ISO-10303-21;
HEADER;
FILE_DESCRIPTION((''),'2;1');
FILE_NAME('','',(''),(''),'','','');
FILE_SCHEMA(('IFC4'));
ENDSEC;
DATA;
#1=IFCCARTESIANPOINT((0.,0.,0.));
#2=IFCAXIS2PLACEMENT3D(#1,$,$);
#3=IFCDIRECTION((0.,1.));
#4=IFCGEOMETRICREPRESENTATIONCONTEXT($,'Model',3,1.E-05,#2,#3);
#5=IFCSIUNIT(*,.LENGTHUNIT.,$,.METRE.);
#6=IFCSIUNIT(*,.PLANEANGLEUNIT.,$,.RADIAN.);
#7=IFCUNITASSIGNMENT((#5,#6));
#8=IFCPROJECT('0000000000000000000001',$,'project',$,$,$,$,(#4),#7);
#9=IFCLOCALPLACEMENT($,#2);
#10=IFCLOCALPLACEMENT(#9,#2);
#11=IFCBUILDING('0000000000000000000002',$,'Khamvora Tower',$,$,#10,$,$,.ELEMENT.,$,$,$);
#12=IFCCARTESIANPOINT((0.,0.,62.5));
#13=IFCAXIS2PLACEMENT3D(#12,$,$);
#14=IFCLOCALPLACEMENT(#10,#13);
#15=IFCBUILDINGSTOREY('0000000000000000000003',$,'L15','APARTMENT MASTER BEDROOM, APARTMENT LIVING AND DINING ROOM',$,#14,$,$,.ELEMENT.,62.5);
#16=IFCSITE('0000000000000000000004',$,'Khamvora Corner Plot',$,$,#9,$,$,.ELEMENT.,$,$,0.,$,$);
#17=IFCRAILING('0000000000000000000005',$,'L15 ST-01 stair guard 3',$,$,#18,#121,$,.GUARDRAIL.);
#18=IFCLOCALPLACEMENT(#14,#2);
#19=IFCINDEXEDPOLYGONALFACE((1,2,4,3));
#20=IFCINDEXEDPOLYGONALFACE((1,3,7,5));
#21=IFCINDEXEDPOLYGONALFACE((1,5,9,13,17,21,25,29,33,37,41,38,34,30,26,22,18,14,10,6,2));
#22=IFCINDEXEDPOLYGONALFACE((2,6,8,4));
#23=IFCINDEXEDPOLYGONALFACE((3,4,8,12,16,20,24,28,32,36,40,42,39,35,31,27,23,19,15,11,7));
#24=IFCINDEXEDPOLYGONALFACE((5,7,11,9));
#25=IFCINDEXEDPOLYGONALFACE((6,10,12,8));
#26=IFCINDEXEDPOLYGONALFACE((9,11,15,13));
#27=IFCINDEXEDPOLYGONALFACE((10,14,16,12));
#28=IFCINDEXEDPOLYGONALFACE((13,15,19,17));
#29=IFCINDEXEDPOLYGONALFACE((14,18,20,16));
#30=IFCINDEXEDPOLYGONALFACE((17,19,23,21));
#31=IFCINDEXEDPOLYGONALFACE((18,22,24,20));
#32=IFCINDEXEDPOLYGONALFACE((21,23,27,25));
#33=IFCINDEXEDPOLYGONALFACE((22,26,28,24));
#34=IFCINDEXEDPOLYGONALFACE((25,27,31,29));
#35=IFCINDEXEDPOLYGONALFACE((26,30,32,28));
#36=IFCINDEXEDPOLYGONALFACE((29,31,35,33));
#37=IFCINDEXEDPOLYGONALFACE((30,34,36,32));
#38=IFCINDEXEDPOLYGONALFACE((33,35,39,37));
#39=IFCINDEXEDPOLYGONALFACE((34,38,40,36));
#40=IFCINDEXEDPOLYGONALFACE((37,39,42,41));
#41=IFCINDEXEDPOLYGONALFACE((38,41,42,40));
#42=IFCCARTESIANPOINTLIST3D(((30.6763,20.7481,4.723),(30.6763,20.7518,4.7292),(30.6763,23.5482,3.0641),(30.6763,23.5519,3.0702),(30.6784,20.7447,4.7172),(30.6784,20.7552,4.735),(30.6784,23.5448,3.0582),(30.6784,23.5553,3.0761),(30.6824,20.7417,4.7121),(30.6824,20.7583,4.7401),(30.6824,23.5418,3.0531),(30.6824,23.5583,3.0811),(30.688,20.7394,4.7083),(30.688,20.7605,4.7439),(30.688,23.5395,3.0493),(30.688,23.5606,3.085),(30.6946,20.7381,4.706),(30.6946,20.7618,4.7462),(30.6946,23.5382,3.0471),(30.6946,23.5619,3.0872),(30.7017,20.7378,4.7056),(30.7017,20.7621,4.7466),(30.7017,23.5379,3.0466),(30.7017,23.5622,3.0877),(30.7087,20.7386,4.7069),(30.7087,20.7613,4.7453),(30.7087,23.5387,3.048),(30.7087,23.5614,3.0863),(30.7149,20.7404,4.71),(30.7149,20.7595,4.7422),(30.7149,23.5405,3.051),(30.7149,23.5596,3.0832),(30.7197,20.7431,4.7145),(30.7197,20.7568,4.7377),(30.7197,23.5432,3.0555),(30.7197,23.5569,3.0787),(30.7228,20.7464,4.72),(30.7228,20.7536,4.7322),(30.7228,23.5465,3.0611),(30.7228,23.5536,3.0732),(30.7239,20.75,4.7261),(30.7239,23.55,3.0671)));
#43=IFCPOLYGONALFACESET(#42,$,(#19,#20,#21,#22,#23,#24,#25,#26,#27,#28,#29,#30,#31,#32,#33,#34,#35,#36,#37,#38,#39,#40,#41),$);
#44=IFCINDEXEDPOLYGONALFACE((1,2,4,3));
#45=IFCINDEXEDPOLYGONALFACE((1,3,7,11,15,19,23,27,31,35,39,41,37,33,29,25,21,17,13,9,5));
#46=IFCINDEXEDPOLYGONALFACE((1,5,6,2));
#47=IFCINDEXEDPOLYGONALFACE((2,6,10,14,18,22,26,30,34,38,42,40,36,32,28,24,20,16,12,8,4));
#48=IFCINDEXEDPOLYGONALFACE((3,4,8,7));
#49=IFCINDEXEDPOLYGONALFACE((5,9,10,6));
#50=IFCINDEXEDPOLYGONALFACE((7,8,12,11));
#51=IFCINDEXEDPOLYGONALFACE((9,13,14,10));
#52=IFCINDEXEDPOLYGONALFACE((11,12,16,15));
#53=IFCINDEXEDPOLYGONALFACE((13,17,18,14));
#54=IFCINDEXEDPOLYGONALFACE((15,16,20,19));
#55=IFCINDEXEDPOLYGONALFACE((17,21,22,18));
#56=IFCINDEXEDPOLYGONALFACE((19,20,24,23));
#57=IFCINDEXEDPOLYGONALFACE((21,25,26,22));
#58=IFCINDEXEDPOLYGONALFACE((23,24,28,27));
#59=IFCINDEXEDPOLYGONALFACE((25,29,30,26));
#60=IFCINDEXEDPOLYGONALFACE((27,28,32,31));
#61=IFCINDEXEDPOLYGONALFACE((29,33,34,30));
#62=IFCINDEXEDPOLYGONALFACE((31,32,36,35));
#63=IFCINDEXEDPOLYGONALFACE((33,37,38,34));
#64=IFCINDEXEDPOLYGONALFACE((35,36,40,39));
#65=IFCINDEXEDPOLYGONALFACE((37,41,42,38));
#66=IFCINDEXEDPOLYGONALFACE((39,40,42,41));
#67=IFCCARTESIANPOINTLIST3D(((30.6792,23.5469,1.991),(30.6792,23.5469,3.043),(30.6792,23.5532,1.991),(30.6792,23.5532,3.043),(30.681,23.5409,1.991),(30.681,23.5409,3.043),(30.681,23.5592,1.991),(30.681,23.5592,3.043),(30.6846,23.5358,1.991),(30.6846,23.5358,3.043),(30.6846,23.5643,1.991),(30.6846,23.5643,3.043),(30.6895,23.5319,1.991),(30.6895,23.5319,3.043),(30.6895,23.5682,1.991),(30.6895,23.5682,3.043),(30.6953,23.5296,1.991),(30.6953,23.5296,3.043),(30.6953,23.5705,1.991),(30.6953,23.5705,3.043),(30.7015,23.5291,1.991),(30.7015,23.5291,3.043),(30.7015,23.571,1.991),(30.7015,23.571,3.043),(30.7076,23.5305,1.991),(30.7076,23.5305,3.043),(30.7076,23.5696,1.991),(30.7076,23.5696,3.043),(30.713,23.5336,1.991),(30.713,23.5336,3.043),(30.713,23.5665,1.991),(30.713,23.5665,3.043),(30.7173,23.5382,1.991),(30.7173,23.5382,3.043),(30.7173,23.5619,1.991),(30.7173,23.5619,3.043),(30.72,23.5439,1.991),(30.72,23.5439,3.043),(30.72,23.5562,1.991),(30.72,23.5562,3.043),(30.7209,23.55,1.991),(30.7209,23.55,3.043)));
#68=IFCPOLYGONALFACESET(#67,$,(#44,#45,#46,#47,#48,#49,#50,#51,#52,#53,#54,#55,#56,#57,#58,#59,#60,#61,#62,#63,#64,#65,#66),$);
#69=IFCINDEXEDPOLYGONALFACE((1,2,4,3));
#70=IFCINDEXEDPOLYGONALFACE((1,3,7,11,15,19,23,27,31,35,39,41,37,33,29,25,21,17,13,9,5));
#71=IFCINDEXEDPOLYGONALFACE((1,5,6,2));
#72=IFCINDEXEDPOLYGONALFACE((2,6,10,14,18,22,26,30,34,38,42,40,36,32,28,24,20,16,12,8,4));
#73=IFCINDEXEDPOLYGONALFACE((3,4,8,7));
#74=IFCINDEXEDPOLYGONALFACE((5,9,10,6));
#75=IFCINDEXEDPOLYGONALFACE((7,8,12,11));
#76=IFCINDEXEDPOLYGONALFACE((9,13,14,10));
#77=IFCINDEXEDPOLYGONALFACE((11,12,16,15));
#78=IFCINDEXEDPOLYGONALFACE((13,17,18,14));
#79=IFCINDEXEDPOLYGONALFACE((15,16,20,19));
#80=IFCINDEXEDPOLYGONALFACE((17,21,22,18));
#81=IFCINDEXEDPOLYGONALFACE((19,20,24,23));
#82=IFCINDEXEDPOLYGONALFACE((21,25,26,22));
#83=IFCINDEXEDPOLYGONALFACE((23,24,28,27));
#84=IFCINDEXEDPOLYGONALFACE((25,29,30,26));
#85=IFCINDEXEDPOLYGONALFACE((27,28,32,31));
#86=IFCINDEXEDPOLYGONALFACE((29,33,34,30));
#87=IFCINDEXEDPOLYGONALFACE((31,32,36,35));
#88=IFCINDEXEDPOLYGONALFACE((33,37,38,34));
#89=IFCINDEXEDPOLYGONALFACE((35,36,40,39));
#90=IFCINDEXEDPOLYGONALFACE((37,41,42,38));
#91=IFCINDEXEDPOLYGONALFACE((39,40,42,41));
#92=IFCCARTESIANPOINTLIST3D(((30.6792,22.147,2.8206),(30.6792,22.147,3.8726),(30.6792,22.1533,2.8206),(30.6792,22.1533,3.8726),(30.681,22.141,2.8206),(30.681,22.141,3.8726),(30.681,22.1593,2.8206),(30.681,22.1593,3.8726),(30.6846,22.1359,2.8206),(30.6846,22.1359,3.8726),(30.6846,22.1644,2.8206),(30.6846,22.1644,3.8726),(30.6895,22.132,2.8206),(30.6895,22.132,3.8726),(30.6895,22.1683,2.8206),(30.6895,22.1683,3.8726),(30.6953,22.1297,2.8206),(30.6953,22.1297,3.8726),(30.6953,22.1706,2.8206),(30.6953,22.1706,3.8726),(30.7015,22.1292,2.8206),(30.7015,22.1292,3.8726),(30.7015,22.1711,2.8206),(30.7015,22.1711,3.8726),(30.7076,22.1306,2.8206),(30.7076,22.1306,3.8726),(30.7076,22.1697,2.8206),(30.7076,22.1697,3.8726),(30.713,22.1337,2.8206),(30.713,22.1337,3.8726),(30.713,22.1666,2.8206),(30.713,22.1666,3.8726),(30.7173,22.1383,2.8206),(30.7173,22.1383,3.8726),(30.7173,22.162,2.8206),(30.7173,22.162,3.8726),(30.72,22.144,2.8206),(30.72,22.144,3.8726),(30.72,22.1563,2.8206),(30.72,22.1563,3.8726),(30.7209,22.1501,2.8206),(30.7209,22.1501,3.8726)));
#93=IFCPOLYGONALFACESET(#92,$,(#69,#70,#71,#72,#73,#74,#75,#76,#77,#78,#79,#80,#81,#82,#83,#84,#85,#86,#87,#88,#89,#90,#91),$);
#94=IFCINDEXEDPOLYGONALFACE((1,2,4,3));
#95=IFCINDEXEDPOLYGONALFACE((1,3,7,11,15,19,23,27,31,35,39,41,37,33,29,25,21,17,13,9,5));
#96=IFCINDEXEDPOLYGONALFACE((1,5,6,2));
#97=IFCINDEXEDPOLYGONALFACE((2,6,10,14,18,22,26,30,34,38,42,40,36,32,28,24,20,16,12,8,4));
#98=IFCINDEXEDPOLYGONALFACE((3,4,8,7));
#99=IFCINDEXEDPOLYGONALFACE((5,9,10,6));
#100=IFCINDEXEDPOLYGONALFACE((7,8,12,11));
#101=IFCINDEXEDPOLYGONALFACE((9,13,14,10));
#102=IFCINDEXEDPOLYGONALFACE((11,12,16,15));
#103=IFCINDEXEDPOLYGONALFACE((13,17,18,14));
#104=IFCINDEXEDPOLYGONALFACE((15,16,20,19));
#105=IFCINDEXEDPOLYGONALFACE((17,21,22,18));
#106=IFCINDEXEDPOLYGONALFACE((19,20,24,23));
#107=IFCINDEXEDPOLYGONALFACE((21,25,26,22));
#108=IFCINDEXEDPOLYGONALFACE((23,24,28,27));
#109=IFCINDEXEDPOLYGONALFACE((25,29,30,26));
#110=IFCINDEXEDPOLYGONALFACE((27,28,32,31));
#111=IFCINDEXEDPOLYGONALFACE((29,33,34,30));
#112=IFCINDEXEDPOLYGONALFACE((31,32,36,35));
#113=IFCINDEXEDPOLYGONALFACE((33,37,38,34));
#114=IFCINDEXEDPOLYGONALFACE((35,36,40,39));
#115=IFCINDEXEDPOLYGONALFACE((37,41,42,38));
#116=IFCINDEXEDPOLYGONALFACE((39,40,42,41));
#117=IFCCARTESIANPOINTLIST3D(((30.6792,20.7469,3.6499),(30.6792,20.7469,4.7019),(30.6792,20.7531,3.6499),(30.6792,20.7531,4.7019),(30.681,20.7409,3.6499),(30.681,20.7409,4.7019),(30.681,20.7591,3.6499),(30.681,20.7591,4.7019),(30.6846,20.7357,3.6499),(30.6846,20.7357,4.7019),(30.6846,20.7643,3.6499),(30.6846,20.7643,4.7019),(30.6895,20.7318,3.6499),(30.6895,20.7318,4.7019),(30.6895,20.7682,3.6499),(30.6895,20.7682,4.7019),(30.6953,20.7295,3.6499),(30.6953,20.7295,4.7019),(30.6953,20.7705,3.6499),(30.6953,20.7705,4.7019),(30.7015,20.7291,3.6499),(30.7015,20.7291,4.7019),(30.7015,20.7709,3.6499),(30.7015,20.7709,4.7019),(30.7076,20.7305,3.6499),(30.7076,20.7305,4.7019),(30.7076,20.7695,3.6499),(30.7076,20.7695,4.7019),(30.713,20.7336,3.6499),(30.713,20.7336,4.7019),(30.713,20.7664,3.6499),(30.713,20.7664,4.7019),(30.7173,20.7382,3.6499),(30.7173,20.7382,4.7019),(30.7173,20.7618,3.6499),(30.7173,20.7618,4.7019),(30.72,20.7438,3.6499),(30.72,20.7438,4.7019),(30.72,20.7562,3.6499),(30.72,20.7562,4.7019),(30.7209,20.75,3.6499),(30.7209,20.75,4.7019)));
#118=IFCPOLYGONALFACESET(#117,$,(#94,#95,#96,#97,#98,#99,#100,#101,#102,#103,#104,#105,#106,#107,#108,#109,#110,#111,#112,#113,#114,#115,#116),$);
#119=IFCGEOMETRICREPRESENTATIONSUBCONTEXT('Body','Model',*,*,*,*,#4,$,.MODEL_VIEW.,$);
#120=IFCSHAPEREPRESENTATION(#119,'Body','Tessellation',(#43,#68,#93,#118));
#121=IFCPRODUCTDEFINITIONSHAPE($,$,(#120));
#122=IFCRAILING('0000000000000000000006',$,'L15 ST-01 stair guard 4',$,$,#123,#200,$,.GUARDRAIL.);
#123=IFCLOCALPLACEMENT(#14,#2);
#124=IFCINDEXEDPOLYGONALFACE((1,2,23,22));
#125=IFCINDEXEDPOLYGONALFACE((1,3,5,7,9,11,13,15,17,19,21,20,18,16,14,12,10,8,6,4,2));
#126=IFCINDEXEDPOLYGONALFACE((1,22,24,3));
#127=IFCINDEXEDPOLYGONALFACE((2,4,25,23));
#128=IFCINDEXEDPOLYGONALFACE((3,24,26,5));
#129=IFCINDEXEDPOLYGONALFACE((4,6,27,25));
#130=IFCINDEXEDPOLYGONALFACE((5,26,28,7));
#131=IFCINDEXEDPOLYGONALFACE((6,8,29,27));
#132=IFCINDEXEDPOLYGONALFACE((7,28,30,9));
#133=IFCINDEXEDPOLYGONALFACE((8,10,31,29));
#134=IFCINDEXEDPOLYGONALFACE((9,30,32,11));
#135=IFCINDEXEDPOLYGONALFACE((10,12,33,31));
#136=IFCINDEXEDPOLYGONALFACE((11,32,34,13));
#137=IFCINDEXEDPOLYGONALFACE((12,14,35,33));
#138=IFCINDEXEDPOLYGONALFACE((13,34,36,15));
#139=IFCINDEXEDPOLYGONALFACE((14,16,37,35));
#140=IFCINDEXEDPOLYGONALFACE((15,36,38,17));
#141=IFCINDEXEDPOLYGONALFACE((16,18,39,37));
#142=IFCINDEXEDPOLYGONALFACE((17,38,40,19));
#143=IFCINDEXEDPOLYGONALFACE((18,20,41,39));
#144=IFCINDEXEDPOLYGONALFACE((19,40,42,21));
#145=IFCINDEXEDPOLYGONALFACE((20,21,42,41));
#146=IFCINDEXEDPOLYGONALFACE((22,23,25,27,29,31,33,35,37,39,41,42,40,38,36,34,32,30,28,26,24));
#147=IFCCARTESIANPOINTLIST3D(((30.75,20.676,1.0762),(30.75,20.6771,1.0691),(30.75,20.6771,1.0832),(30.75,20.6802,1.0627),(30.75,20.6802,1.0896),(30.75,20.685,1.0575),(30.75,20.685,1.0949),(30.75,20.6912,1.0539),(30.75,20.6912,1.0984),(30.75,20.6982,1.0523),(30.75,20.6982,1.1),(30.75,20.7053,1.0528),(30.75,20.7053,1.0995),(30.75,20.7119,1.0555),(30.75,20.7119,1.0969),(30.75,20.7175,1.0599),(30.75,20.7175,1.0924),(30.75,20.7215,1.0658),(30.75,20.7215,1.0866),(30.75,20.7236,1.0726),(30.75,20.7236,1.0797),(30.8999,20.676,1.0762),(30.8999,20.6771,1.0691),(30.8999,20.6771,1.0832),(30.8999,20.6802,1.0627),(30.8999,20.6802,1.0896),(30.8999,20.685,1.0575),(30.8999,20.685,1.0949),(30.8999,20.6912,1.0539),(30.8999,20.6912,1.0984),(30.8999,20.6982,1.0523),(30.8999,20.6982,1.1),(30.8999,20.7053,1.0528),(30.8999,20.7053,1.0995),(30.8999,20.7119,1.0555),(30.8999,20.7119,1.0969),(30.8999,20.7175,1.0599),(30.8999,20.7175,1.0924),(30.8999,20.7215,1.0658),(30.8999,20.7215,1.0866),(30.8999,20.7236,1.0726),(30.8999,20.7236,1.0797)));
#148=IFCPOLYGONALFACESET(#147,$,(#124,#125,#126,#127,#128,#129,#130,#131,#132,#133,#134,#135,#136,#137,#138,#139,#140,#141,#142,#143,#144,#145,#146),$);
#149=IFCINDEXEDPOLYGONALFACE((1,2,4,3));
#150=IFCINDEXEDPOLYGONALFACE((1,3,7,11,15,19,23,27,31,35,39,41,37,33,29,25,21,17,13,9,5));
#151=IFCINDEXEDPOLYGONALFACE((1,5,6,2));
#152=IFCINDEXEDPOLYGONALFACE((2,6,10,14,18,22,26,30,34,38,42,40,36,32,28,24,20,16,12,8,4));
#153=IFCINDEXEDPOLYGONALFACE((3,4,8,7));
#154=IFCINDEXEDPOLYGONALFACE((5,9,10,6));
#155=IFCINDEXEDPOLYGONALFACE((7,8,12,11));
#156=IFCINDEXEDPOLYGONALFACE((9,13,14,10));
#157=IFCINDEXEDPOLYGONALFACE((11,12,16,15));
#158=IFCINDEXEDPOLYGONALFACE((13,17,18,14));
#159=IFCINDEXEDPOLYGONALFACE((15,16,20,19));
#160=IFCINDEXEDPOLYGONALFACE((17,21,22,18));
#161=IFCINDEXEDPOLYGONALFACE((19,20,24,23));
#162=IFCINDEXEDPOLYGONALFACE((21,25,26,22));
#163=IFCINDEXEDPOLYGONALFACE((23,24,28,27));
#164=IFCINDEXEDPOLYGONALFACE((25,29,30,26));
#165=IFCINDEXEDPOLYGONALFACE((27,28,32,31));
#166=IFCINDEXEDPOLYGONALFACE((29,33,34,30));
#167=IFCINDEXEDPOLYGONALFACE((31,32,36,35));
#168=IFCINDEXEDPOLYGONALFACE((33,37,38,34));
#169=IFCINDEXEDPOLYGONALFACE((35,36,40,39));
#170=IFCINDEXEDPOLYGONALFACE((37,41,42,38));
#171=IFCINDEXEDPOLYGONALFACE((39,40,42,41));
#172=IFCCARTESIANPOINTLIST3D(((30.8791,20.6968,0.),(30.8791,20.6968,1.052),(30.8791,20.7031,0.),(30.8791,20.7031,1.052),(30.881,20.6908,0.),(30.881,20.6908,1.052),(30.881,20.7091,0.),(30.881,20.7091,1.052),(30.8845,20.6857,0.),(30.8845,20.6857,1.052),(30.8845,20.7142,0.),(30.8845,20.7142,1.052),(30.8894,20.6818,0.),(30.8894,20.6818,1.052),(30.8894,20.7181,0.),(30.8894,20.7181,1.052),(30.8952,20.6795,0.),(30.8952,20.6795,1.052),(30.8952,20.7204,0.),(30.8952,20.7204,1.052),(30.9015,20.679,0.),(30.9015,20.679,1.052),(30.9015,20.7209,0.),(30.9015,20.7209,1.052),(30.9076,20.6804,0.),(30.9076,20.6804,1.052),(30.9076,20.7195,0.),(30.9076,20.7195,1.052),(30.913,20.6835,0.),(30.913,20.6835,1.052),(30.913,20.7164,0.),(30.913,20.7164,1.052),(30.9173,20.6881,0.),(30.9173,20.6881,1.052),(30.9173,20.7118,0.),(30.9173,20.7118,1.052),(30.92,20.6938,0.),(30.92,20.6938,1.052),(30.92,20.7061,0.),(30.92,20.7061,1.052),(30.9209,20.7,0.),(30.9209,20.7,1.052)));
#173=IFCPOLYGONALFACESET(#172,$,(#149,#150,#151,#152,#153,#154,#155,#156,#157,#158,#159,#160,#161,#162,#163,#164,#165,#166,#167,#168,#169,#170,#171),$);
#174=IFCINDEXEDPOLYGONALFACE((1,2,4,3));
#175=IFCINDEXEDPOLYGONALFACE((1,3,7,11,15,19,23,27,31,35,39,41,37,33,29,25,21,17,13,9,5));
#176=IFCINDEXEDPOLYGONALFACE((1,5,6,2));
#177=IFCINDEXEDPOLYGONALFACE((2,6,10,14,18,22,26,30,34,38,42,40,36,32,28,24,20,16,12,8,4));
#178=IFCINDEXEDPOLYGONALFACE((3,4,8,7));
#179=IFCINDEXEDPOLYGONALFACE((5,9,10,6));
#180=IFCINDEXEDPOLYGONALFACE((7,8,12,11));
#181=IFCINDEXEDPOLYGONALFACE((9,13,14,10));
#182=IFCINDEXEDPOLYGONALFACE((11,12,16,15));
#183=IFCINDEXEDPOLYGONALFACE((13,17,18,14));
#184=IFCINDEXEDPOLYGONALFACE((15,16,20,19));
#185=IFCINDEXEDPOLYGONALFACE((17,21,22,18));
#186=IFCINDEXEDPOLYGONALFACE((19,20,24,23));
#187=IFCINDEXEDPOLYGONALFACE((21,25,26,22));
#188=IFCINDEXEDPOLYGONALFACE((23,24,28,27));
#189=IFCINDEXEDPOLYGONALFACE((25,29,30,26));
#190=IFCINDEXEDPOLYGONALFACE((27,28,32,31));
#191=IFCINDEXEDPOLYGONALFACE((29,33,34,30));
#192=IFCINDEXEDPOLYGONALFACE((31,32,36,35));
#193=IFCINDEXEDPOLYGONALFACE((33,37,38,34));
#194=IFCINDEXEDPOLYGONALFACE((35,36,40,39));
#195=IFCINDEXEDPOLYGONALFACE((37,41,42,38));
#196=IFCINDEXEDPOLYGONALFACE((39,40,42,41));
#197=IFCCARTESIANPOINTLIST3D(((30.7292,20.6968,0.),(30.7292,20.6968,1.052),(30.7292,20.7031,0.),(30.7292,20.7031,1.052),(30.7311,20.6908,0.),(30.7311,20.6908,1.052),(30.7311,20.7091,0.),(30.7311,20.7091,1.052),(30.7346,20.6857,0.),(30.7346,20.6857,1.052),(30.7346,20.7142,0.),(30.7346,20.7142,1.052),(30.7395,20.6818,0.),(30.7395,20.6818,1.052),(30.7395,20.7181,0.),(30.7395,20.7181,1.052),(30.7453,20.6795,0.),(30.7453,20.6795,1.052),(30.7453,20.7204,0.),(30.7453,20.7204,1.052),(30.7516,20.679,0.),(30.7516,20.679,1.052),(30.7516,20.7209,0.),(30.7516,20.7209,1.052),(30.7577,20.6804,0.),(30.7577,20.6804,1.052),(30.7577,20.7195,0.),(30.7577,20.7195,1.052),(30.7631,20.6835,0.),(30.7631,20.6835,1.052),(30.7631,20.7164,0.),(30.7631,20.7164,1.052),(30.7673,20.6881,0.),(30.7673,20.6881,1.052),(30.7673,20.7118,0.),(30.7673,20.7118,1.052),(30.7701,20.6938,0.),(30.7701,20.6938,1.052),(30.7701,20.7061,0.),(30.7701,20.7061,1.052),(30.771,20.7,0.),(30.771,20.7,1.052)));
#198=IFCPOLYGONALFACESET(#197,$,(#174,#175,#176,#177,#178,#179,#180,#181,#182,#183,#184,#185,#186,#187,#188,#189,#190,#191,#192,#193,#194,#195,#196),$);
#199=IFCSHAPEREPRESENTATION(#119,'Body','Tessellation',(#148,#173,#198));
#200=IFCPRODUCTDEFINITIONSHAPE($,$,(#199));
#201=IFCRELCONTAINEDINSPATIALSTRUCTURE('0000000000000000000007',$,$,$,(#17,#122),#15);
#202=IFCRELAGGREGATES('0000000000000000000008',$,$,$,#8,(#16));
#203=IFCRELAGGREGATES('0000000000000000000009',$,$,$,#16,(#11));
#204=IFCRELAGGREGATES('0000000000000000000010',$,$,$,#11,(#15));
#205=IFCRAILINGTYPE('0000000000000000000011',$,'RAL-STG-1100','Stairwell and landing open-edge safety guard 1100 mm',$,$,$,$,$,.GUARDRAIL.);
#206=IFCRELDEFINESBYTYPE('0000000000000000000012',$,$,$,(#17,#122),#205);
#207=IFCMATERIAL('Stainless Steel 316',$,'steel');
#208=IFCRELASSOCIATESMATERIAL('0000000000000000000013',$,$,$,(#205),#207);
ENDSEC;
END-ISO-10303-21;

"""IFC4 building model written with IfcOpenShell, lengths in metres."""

from ifc_helpers import new_model, si_unit, direction, frame, origin, origin_2d, place, context, subcontext, project, spatial, circle, extrude, material, type_object, element, save


model = new_model("IFC4")

# Units and contexts
model_context = context("Model", 3, precision=1e-05, world=origin(), true_north=direction((0.0, 1.0)))
body_context = subcontext(model_context, "Body", "Model", "MODEL_VIEW")
ifc_project = project(units=[si_unit("LENGTHUNIT", "METRE"), si_unit("PLANEANGLEUNIT", "RADIAN")], contexts=[model_context])

# Site, building, storey
site_placement = place(None, origin())
site = spatial("IfcSite", under=ifc_project, at=site_placement, Name="Khamvora Corner Plot", CompositionType="ELEMENT", RefElevation=0.0)
building_placement = place(site_placement, origin())
building = spatial("IfcBuilding", under=site, at=building_placement, Name="Khamvora Tower", CompositionType="ELEMENT")
storey_placement = place(building_placement, frame((0.0, 0.0, 62.5)))
storey = spatial("IfcBuildingStorey", under=building, at=storey_placement, Name="L15", Description="APARTMENT MASTER BEDROOM, APARTMENT LIVING AND DINING ROOM", CompositionType="ELEMENT", Elevation=62.5)

# Railings
ifc_material_1 = material(Name="Stainless Steel 316", Category="steel")
railing_type_1 = type_object("IfcRailingType", Name="RAL-STG-1100", Description="Stairwell and landing open-edge safety guard 1100 mm", PredefinedType="GUARDRAIL", material=ifc_material_1)
railing_1_placement = place(storey_placement, frame((30.7, 23.55, 1.991)))
element("IfcRailing", 1, at=railing_1_placement, inside=storey, type_object=railing_type_1, Name="L15 ST-01 stair guard 3", PredefinedType="GUARDRAIL", context=body_context, shape_type="SweptSolid", body=[
    extrude(circle(Radius=0.0239, at=origin_2d()), frame((0.0, 0.0, 1.0762), z_axis=(0.0, -0.860339, 0.509722), x_axis=(1.0, 0.0, 0.0)), (0.0, 0.0, 1.0), 3.2546),
    extrude(circle(Radius=0.021, at=origin_2d()), origin(), (0.0, 0.0, 1.0), 1.052),
    extrude(circle(Radius=0.021, at=origin_2d()), frame((0.0, -1.3999, 0.8296)), (0.0, 0.0, 1.0), 1.052),
    extrude(circle(Radius=0.021, at=origin_2d()), frame((0.0, -2.8, 1.6589)), (0.0, 0.0, 1.0), 1.052),
])
railing_2_placement = place(storey_placement, frame((30.8999, 20.7, 0.0)))
element("IfcRailing", 2, at=railing_2_placement, inside=storey, type_object=railing_type_1, Name="L15 ST-01 stair guard 4", PredefinedType="GUARDRAIL", context=body_context, shape_type="SweptSolid", body=[
    extrude(circle(Radius=0.0239, at=origin_2d()), frame((0.0, 0.0, 1.0762), z_axis=(-1.0, 0.0, 0.0), x_axis=(0.0, -1.0, 0.0)), (0.0, 0.0, 1.0), 0.1499),
    extrude(circle(Radius=0.021, at=origin_2d()), origin(), (0.0, 0.0, 1.0), 1.052),
    extrude(circle(Radius=0.021, at=origin_2d()), frame((-0.1499, 0.0, 0.0)), (0.0, 0.0, 1.0), 1.052),
])

save(model, "model.ifc")
